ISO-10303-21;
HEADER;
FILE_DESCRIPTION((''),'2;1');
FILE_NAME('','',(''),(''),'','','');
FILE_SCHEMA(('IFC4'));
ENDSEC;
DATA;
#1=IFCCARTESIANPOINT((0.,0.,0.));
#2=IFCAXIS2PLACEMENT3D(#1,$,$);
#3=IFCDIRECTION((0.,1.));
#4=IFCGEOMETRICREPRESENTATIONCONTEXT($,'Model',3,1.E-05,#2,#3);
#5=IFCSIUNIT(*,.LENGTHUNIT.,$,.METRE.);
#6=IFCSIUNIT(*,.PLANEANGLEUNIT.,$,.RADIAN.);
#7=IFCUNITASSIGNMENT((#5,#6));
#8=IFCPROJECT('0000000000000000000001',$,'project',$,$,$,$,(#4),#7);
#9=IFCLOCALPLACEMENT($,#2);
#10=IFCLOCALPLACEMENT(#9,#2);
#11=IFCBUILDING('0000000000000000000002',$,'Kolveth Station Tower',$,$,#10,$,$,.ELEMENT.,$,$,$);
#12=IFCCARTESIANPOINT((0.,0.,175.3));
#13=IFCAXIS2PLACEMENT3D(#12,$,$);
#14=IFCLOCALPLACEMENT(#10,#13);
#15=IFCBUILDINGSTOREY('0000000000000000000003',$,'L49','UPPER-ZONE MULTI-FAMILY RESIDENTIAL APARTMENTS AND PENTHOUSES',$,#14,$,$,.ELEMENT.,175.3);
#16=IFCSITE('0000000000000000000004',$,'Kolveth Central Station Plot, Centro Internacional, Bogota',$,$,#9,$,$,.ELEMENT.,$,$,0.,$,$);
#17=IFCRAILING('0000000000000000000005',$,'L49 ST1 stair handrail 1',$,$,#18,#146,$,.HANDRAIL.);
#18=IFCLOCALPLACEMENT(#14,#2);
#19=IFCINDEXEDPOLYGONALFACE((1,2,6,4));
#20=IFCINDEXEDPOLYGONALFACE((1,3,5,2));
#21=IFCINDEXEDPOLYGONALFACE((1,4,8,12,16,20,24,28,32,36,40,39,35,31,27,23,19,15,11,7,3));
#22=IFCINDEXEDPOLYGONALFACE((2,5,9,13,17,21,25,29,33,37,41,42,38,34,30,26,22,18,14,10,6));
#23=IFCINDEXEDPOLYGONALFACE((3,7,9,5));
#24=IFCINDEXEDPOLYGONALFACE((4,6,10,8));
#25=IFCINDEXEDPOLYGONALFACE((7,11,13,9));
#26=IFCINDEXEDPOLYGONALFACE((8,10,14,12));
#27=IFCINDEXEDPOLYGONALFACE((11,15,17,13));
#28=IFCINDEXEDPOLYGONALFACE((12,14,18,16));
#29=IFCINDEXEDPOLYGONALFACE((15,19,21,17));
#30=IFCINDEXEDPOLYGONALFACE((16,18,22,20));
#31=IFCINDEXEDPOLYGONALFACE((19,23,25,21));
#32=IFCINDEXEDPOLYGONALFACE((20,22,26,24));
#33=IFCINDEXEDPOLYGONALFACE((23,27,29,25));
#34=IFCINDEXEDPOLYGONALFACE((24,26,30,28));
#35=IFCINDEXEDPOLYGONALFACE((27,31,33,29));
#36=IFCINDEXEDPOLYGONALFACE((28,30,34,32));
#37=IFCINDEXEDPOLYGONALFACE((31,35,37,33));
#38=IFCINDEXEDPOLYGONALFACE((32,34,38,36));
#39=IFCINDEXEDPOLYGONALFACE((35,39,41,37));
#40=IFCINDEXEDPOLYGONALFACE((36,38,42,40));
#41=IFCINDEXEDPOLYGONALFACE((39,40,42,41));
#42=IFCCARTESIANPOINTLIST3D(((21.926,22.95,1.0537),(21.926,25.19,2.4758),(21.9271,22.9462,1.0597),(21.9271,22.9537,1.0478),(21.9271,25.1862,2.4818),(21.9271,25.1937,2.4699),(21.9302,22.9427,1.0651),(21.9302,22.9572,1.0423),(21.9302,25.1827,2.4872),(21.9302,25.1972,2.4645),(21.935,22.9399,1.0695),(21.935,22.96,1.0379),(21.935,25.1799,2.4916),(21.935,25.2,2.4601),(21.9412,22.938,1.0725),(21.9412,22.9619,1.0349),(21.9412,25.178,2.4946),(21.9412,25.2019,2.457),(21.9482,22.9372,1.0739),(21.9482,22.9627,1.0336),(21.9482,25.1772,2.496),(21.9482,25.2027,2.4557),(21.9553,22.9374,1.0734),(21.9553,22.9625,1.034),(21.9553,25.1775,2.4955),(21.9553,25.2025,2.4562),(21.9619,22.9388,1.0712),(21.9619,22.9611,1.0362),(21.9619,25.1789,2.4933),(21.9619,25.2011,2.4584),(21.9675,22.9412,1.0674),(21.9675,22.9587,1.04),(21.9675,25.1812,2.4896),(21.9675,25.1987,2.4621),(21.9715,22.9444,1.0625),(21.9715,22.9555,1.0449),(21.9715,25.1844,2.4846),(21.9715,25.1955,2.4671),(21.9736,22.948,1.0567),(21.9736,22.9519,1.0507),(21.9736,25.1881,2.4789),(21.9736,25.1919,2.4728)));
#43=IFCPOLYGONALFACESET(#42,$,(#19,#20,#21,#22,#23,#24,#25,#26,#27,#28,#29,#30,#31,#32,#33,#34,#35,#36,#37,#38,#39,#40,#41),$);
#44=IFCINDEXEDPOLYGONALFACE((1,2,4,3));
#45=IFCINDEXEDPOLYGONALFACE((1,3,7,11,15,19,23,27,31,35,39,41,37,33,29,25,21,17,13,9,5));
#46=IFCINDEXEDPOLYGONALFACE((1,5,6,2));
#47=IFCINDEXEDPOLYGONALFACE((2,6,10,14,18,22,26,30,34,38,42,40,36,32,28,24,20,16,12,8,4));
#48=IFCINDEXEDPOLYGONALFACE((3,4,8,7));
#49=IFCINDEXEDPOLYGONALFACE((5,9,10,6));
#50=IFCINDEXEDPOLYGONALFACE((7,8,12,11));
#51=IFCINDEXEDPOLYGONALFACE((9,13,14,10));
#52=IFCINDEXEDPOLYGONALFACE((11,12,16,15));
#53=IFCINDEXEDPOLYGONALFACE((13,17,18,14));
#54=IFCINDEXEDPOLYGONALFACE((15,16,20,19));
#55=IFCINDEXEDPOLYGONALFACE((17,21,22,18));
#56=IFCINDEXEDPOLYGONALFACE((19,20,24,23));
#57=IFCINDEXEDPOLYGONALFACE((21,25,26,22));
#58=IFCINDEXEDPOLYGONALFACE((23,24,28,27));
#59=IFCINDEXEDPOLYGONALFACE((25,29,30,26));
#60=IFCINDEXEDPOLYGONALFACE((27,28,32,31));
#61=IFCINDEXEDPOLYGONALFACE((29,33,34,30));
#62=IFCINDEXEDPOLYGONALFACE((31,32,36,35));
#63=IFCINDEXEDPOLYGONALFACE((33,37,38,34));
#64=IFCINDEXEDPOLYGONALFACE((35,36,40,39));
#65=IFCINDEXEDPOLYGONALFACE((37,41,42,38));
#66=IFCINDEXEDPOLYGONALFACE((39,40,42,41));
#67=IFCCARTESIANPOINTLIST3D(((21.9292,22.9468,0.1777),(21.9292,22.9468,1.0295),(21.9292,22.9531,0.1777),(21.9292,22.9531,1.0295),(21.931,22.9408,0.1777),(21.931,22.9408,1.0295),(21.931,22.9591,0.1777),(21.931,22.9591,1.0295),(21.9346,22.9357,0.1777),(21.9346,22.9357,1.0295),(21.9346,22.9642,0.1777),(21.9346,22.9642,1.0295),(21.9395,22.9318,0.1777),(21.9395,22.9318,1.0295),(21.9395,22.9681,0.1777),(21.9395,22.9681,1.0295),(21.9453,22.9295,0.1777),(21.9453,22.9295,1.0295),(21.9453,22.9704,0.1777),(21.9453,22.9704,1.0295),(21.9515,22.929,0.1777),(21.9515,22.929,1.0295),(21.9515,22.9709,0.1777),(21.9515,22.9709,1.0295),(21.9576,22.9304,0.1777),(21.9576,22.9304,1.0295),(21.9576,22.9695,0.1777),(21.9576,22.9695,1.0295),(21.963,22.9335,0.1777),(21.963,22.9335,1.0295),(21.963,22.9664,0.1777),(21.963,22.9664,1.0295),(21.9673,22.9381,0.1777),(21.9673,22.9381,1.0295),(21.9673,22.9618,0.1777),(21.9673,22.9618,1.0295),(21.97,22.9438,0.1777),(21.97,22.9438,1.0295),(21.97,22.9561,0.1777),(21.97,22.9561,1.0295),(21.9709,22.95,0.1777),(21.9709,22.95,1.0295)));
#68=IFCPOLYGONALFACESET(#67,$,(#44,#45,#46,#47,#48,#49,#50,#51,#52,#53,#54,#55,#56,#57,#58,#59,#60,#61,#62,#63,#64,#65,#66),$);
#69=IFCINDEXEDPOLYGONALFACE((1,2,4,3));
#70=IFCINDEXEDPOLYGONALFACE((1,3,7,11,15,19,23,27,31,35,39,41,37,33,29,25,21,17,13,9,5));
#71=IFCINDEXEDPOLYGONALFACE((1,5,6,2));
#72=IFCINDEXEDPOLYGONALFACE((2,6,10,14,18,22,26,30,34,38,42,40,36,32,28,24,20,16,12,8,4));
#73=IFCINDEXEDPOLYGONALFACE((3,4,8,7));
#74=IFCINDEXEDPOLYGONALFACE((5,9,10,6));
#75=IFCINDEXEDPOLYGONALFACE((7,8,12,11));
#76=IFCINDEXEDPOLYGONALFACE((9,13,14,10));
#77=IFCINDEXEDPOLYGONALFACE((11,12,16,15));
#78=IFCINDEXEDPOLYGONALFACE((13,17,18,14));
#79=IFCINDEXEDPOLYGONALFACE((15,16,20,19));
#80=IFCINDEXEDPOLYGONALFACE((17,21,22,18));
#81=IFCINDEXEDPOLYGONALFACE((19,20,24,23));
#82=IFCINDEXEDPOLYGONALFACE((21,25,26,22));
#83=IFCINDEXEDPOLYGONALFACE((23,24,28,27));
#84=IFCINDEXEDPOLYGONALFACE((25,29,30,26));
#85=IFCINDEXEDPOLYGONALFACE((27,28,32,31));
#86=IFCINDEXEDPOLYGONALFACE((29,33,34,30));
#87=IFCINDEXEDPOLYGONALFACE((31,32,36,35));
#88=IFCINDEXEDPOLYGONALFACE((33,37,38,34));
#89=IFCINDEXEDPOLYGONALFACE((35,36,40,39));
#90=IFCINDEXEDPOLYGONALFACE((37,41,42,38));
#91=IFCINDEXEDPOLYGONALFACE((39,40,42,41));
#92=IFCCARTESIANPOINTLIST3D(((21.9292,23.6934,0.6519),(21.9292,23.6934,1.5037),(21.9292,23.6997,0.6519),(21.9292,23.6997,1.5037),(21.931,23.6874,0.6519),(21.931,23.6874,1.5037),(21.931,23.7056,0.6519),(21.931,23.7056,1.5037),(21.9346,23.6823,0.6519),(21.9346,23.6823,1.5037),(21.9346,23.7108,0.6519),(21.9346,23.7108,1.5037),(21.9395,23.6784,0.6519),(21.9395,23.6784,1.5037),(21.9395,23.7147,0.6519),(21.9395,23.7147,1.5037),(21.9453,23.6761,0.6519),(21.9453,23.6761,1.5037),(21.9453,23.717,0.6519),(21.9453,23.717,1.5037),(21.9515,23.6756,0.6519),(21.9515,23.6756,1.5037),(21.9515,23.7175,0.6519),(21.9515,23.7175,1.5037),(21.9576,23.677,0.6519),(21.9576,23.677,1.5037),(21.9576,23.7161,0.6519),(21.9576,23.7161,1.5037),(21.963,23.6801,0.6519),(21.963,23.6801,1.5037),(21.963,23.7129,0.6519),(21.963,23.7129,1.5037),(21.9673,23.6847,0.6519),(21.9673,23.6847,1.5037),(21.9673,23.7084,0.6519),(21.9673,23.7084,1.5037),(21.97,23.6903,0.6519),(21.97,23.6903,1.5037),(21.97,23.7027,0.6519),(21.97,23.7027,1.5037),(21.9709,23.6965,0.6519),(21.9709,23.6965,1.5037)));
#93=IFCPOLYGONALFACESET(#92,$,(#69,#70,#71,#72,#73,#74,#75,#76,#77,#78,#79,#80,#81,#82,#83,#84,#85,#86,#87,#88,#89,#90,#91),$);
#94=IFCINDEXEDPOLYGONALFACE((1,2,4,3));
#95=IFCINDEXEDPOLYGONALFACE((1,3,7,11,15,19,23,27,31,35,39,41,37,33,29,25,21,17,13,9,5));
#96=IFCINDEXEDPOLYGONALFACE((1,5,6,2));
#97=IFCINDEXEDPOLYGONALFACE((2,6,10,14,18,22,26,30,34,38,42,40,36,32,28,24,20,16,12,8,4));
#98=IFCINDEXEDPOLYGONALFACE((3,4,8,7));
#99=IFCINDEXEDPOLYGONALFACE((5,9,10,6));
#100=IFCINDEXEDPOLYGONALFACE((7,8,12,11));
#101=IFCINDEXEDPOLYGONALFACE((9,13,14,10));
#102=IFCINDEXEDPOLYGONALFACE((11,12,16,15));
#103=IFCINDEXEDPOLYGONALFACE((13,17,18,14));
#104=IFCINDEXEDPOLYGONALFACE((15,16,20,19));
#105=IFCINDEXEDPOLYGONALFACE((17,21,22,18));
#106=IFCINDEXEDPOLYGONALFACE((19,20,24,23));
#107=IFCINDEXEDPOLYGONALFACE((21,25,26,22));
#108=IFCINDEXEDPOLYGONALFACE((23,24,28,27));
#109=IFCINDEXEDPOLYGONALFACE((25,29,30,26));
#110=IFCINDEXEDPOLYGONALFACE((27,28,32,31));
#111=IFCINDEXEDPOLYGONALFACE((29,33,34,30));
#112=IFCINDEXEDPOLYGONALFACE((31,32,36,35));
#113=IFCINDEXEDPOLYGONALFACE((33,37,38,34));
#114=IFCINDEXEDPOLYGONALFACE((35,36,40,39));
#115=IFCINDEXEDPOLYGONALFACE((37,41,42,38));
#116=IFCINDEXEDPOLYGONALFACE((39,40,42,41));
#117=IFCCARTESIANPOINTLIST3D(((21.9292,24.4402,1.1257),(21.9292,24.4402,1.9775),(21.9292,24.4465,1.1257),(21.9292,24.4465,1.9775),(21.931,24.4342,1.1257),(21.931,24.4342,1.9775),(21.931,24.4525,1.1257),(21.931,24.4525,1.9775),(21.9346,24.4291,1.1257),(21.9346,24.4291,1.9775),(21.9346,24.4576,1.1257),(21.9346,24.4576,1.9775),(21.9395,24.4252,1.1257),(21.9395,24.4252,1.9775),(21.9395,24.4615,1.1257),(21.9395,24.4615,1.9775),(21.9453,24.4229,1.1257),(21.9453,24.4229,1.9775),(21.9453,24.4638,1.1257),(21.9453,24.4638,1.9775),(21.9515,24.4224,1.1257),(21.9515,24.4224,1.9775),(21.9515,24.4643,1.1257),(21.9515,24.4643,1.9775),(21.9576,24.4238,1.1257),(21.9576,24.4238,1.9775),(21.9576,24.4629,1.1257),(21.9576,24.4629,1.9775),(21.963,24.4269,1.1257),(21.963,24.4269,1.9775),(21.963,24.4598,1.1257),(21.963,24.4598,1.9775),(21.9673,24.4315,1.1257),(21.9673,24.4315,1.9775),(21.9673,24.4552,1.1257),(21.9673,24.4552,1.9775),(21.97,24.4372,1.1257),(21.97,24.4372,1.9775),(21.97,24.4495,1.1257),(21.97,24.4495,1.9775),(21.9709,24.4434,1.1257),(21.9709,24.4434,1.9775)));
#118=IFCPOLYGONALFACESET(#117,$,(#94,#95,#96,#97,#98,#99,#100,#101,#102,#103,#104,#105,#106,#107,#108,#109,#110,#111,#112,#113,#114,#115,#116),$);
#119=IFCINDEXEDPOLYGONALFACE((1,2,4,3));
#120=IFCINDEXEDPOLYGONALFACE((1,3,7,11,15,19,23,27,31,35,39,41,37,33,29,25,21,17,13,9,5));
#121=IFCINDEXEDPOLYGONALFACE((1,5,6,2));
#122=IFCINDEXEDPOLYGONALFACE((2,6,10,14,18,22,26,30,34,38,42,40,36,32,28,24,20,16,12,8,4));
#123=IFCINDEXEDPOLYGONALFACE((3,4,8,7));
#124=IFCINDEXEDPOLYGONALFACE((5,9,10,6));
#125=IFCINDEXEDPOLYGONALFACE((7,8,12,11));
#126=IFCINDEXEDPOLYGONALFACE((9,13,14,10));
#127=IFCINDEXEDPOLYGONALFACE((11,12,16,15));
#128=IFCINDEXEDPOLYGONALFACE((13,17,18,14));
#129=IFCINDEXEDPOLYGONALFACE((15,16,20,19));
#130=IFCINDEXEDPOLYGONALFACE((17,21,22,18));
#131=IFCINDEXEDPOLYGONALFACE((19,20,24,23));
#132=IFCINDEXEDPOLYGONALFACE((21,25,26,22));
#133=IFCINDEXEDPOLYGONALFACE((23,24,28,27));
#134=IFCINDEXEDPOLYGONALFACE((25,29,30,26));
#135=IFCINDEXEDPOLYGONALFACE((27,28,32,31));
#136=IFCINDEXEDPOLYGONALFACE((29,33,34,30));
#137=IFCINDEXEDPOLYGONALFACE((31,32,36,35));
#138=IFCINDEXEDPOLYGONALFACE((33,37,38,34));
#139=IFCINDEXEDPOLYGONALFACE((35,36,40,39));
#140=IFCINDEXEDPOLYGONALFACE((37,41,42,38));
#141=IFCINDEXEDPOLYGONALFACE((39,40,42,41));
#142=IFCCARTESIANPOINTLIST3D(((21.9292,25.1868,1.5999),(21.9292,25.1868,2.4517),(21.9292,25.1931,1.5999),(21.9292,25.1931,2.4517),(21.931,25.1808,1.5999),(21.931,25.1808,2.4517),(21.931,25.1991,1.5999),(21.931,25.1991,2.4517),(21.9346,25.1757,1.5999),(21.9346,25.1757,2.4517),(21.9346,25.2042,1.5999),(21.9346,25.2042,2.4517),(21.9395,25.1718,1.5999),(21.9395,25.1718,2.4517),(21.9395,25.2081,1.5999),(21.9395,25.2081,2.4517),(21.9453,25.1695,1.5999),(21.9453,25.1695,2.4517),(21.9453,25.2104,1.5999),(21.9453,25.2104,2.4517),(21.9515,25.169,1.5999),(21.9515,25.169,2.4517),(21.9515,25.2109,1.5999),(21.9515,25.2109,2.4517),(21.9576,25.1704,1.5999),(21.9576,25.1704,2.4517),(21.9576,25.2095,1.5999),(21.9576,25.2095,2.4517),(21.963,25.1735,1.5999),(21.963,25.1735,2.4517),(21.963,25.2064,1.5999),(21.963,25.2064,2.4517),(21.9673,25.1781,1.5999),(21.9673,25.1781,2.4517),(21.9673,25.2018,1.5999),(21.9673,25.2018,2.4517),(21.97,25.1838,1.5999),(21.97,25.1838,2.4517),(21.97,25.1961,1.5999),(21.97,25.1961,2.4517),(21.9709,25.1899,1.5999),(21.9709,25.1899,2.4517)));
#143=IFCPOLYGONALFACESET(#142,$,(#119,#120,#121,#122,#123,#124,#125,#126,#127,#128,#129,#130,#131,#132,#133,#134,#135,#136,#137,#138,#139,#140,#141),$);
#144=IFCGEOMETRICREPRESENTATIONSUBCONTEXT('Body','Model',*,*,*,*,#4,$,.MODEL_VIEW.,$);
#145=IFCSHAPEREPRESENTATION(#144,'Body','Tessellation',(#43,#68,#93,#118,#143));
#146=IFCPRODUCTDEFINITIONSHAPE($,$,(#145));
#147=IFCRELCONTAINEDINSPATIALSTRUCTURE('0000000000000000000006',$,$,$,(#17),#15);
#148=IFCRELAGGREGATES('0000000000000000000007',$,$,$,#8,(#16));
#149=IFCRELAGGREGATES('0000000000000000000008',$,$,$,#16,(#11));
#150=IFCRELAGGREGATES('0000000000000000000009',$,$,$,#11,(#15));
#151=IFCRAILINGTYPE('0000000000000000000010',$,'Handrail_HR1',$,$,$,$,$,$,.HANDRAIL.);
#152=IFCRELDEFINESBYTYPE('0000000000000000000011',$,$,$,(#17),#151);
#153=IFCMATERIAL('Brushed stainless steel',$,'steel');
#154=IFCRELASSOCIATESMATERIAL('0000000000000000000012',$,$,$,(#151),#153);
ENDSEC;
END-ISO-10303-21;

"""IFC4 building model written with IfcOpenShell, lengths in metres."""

from ifc_helpers import new_model, si_unit, direction, frame, origin, origin_2d, place, context, subcontext, project, spatial, circle, extrude, material, type_object, element, save


model = new_model("IFC4")

# Units and contexts
model_context = context("Model", 3, precision=1e-05, world=origin(), true_north=direction((0.0, 1.0)))
body_context = subcontext(model_context, "Body", "Model", "MODEL_VIEW")
ifc_project = project(units=[si_unit("LENGTHUNIT", "METRE"), si_unit("PLANEANGLEUNIT", "RADIAN")], contexts=[model_context])

# Site, building, storey
site_placement = place(None, origin())
site = spatial("IfcSite", under=ifc_project, at=site_placement, Name="Kolveth Central Station Plot, Centro Internacional, Bogota", CompositionType="ELEMENT", RefElevation=0.0)
building_placement = place(site_placement, origin())
building = spatial("IfcBuilding", under=site, at=building_placement, Name="Kolveth Station Tower", CompositionType="ELEMENT")
storey_placement = place(building_placement, frame((0.0, 0.0, 175.3)))
storey = spatial("IfcBuildingStorey", under=building, at=storey_placement, Name="L49", Description="UPPER-ZONE MULTI-FAMILY RESIDENTIAL APARTMENTS AND PENTHOUSES", CompositionType="ELEMENT", Elevation=175.3)

# Railing
ifc_material_1 = material(Name="Brushed stainless steel", Category="steel")
railing_type_1 = type_object("IfcRailingType", Name="Handrail_HR1", PredefinedType="HANDRAIL", material=ifc_material_1)
for number, where, name in (
    (1, (21.95, 22.95, 0.1777), "L49 ST1 stair handrail 1"),
):
    element("IfcRailing", number, at=place(storey_placement, frame(where)), inside=storey, type_object=railing_type_1, Name=name, PredefinedType="HANDRAIL", context=body_context, shape_type="SweptSolid", body=[
        extrude(circle(Radius=0.0239, at=origin_2d()), frame((0.0, 0.0, 0.876), z_axis=(0.0, 0.844229, 0.535982), x_axis=(-1.0, 0.0, 0.0)), (0.0, 0.0, 1.0), 2.6533),
        extrude(circle(Radius=0.021, at=origin_2d()), origin(), (0.0, 0.0, 1.0), 0.8518),
        extrude(circle(Radius=0.021, at=origin_2d()), frame((0.0, 0.7466, 0.4741)), (0.0, 0.0, 1.0), 0.8518),
        extrude(circle(Radius=0.021, at=origin_2d()), frame((0.0, 1.4934, 0.948)), (0.0, 0.0, 1.0), 0.8518),
        extrude(circle(Radius=0.021, at=origin_2d()), frame((0.0, 2.24, 1.4221)), (0.0, 0.0, 1.0), 0.8518),
    ])

save(model, "model.ifc")
